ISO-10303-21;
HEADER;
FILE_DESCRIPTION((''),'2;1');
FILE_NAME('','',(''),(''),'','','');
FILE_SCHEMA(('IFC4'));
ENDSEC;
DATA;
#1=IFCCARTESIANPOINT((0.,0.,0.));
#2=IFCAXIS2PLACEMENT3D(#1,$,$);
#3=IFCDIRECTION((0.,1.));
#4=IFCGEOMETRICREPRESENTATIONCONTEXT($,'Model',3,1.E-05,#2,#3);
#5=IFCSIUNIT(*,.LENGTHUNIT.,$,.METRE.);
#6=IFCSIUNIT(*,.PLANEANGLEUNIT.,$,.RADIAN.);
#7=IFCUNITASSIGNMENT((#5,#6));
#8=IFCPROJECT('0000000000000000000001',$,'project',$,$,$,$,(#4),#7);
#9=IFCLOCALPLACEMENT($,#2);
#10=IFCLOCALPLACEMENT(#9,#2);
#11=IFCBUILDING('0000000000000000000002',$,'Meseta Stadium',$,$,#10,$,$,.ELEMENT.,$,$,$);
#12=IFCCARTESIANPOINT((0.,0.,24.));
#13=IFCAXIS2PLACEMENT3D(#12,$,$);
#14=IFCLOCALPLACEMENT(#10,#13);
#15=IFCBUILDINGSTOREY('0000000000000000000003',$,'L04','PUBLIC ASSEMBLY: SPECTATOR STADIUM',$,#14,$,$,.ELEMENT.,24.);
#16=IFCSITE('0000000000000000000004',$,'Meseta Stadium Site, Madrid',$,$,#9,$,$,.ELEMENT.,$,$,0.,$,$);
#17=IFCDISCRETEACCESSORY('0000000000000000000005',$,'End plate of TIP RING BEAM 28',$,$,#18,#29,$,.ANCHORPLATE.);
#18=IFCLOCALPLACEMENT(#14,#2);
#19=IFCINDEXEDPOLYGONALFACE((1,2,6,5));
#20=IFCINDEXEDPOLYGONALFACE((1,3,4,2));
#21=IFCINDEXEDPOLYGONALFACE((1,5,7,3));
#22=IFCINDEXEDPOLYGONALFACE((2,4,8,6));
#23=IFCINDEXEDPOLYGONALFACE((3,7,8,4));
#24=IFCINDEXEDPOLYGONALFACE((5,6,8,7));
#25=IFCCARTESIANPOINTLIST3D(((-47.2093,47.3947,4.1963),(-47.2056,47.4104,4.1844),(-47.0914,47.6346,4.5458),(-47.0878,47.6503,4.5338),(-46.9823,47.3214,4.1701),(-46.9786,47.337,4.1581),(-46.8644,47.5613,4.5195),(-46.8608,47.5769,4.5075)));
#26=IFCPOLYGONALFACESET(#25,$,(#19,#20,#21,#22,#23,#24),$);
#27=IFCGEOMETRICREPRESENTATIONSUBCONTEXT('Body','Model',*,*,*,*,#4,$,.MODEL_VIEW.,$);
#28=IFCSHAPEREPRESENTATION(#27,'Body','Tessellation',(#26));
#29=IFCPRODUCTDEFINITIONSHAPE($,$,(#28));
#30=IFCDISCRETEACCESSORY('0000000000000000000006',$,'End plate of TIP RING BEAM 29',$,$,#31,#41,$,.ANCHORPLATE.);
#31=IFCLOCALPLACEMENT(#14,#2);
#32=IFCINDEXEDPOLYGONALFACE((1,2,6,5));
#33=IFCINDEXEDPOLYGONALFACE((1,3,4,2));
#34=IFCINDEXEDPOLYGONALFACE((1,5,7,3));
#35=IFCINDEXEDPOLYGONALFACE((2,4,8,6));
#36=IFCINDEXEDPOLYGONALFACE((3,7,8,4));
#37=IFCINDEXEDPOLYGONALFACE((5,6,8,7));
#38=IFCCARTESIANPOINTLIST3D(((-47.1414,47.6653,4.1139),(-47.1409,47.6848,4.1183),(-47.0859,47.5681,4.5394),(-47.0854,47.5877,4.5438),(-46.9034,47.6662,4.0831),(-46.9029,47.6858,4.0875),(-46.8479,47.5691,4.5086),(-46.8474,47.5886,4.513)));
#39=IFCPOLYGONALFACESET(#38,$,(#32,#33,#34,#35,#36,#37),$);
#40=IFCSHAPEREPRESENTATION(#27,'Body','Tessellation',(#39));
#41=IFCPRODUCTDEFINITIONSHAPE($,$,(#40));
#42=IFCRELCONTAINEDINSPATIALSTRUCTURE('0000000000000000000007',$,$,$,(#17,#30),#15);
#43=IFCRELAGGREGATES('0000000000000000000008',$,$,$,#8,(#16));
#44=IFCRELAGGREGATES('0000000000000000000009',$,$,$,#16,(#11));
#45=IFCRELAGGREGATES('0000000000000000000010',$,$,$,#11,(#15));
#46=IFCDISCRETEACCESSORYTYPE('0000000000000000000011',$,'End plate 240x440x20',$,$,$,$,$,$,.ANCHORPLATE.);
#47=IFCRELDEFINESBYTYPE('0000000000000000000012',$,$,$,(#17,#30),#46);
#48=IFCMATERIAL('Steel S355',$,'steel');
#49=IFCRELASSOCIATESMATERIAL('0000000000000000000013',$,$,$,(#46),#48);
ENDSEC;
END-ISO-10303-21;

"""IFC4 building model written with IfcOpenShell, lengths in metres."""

from ifc_helpers import new_model, si_unit, direction, frame, origin, origin_2d, place, context, subcontext, project, spatial, rectangle, extrude, material, material_profile, profile_set, type_object, element, save


model = new_model("IFC4")

# Units and contexts
model_context = context("Model", 3, precision=1e-05, world=origin(), true_north=direction((0.0, 1.0)))
body_context = subcontext(model_context, "Body", "Model", "MODEL_VIEW")
ifc_project = project(units=[si_unit("LENGTHUNIT", "METRE"), si_unit("PLANEANGLEUNIT", "RADIAN")], contexts=[model_context])

# Site, building, storey
site_placement = place(None, origin())
site = spatial("IfcSite", under=ifc_project, at=site_placement, Name="Meseta Stadium Site, Madrid", CompositionType="ELEMENT", RefElevation=0.0)
building_placement = place(site_placement, origin())
building = spatial("IfcBuilding", under=site, at=building_placement, Name="Meseta Stadium", CompositionType="ELEMENT")
storey_placement = place(building_placement, frame((0.0, 0.0, 24.0)))
storey = spatial("IfcBuildingStorey", under=building, at=storey_placement, Name="L04", Description="PUBLIC ASSEMBLY: SPECTATOR STADIUM", CompositionType="ELEMENT", Elevation=24.0)

# Discrete accessories
ifc_material_1 = material(Name="Steel S355", Category="steel")
ifc_material_profile_1 = material_profile(ifc_material_1, rectangle(XDim=0.24, YDim=0.4399, at=origin_2d()), Name="PL 240x440")
ifc_profile_set_1 = profile_set([ifc_material_profile_1], Name="Steel S355")
discrete_accessory_type_1 = type_object("IfcDiscreteAccessoryType", Name="End plate 240x440x20", PredefinedType="ANCHORPLATE", material=ifc_profile_set_1)
for number, where, z_axis, x_axis, name in (
    (1, (-47.0332, 47.4937, 4.3459), (-0.182954, -0.780604, 0.59765), (0.945899, -0.305458, -0.109405), "End plate of TIP RING BEAM 28"),
    (2, (-46.9941, 47.6367, 4.3157), (-0.024383, -0.97532, -0.219447), (0.991726, 0.004076, -0.128309), "End plate of TIP RING BEAM 29"),
):
    element("IfcDiscreteAccessory", number, at=place(storey_placement, frame(where, z_axis=z_axis, x_axis=x_axis)), inside=storey, type_object=discrete_accessory_type_1, Name=name, PredefinedType="ANCHORPLATE", context=body_context, shape_type="SweptSolid", body=[
        extrude(rectangle(XDim=0.24, YDim=0.4399, at=origin_2d()), origin(), (0.0, 0.0, 1.0), 0.02),
    ])

save(model, "model.ifc")
